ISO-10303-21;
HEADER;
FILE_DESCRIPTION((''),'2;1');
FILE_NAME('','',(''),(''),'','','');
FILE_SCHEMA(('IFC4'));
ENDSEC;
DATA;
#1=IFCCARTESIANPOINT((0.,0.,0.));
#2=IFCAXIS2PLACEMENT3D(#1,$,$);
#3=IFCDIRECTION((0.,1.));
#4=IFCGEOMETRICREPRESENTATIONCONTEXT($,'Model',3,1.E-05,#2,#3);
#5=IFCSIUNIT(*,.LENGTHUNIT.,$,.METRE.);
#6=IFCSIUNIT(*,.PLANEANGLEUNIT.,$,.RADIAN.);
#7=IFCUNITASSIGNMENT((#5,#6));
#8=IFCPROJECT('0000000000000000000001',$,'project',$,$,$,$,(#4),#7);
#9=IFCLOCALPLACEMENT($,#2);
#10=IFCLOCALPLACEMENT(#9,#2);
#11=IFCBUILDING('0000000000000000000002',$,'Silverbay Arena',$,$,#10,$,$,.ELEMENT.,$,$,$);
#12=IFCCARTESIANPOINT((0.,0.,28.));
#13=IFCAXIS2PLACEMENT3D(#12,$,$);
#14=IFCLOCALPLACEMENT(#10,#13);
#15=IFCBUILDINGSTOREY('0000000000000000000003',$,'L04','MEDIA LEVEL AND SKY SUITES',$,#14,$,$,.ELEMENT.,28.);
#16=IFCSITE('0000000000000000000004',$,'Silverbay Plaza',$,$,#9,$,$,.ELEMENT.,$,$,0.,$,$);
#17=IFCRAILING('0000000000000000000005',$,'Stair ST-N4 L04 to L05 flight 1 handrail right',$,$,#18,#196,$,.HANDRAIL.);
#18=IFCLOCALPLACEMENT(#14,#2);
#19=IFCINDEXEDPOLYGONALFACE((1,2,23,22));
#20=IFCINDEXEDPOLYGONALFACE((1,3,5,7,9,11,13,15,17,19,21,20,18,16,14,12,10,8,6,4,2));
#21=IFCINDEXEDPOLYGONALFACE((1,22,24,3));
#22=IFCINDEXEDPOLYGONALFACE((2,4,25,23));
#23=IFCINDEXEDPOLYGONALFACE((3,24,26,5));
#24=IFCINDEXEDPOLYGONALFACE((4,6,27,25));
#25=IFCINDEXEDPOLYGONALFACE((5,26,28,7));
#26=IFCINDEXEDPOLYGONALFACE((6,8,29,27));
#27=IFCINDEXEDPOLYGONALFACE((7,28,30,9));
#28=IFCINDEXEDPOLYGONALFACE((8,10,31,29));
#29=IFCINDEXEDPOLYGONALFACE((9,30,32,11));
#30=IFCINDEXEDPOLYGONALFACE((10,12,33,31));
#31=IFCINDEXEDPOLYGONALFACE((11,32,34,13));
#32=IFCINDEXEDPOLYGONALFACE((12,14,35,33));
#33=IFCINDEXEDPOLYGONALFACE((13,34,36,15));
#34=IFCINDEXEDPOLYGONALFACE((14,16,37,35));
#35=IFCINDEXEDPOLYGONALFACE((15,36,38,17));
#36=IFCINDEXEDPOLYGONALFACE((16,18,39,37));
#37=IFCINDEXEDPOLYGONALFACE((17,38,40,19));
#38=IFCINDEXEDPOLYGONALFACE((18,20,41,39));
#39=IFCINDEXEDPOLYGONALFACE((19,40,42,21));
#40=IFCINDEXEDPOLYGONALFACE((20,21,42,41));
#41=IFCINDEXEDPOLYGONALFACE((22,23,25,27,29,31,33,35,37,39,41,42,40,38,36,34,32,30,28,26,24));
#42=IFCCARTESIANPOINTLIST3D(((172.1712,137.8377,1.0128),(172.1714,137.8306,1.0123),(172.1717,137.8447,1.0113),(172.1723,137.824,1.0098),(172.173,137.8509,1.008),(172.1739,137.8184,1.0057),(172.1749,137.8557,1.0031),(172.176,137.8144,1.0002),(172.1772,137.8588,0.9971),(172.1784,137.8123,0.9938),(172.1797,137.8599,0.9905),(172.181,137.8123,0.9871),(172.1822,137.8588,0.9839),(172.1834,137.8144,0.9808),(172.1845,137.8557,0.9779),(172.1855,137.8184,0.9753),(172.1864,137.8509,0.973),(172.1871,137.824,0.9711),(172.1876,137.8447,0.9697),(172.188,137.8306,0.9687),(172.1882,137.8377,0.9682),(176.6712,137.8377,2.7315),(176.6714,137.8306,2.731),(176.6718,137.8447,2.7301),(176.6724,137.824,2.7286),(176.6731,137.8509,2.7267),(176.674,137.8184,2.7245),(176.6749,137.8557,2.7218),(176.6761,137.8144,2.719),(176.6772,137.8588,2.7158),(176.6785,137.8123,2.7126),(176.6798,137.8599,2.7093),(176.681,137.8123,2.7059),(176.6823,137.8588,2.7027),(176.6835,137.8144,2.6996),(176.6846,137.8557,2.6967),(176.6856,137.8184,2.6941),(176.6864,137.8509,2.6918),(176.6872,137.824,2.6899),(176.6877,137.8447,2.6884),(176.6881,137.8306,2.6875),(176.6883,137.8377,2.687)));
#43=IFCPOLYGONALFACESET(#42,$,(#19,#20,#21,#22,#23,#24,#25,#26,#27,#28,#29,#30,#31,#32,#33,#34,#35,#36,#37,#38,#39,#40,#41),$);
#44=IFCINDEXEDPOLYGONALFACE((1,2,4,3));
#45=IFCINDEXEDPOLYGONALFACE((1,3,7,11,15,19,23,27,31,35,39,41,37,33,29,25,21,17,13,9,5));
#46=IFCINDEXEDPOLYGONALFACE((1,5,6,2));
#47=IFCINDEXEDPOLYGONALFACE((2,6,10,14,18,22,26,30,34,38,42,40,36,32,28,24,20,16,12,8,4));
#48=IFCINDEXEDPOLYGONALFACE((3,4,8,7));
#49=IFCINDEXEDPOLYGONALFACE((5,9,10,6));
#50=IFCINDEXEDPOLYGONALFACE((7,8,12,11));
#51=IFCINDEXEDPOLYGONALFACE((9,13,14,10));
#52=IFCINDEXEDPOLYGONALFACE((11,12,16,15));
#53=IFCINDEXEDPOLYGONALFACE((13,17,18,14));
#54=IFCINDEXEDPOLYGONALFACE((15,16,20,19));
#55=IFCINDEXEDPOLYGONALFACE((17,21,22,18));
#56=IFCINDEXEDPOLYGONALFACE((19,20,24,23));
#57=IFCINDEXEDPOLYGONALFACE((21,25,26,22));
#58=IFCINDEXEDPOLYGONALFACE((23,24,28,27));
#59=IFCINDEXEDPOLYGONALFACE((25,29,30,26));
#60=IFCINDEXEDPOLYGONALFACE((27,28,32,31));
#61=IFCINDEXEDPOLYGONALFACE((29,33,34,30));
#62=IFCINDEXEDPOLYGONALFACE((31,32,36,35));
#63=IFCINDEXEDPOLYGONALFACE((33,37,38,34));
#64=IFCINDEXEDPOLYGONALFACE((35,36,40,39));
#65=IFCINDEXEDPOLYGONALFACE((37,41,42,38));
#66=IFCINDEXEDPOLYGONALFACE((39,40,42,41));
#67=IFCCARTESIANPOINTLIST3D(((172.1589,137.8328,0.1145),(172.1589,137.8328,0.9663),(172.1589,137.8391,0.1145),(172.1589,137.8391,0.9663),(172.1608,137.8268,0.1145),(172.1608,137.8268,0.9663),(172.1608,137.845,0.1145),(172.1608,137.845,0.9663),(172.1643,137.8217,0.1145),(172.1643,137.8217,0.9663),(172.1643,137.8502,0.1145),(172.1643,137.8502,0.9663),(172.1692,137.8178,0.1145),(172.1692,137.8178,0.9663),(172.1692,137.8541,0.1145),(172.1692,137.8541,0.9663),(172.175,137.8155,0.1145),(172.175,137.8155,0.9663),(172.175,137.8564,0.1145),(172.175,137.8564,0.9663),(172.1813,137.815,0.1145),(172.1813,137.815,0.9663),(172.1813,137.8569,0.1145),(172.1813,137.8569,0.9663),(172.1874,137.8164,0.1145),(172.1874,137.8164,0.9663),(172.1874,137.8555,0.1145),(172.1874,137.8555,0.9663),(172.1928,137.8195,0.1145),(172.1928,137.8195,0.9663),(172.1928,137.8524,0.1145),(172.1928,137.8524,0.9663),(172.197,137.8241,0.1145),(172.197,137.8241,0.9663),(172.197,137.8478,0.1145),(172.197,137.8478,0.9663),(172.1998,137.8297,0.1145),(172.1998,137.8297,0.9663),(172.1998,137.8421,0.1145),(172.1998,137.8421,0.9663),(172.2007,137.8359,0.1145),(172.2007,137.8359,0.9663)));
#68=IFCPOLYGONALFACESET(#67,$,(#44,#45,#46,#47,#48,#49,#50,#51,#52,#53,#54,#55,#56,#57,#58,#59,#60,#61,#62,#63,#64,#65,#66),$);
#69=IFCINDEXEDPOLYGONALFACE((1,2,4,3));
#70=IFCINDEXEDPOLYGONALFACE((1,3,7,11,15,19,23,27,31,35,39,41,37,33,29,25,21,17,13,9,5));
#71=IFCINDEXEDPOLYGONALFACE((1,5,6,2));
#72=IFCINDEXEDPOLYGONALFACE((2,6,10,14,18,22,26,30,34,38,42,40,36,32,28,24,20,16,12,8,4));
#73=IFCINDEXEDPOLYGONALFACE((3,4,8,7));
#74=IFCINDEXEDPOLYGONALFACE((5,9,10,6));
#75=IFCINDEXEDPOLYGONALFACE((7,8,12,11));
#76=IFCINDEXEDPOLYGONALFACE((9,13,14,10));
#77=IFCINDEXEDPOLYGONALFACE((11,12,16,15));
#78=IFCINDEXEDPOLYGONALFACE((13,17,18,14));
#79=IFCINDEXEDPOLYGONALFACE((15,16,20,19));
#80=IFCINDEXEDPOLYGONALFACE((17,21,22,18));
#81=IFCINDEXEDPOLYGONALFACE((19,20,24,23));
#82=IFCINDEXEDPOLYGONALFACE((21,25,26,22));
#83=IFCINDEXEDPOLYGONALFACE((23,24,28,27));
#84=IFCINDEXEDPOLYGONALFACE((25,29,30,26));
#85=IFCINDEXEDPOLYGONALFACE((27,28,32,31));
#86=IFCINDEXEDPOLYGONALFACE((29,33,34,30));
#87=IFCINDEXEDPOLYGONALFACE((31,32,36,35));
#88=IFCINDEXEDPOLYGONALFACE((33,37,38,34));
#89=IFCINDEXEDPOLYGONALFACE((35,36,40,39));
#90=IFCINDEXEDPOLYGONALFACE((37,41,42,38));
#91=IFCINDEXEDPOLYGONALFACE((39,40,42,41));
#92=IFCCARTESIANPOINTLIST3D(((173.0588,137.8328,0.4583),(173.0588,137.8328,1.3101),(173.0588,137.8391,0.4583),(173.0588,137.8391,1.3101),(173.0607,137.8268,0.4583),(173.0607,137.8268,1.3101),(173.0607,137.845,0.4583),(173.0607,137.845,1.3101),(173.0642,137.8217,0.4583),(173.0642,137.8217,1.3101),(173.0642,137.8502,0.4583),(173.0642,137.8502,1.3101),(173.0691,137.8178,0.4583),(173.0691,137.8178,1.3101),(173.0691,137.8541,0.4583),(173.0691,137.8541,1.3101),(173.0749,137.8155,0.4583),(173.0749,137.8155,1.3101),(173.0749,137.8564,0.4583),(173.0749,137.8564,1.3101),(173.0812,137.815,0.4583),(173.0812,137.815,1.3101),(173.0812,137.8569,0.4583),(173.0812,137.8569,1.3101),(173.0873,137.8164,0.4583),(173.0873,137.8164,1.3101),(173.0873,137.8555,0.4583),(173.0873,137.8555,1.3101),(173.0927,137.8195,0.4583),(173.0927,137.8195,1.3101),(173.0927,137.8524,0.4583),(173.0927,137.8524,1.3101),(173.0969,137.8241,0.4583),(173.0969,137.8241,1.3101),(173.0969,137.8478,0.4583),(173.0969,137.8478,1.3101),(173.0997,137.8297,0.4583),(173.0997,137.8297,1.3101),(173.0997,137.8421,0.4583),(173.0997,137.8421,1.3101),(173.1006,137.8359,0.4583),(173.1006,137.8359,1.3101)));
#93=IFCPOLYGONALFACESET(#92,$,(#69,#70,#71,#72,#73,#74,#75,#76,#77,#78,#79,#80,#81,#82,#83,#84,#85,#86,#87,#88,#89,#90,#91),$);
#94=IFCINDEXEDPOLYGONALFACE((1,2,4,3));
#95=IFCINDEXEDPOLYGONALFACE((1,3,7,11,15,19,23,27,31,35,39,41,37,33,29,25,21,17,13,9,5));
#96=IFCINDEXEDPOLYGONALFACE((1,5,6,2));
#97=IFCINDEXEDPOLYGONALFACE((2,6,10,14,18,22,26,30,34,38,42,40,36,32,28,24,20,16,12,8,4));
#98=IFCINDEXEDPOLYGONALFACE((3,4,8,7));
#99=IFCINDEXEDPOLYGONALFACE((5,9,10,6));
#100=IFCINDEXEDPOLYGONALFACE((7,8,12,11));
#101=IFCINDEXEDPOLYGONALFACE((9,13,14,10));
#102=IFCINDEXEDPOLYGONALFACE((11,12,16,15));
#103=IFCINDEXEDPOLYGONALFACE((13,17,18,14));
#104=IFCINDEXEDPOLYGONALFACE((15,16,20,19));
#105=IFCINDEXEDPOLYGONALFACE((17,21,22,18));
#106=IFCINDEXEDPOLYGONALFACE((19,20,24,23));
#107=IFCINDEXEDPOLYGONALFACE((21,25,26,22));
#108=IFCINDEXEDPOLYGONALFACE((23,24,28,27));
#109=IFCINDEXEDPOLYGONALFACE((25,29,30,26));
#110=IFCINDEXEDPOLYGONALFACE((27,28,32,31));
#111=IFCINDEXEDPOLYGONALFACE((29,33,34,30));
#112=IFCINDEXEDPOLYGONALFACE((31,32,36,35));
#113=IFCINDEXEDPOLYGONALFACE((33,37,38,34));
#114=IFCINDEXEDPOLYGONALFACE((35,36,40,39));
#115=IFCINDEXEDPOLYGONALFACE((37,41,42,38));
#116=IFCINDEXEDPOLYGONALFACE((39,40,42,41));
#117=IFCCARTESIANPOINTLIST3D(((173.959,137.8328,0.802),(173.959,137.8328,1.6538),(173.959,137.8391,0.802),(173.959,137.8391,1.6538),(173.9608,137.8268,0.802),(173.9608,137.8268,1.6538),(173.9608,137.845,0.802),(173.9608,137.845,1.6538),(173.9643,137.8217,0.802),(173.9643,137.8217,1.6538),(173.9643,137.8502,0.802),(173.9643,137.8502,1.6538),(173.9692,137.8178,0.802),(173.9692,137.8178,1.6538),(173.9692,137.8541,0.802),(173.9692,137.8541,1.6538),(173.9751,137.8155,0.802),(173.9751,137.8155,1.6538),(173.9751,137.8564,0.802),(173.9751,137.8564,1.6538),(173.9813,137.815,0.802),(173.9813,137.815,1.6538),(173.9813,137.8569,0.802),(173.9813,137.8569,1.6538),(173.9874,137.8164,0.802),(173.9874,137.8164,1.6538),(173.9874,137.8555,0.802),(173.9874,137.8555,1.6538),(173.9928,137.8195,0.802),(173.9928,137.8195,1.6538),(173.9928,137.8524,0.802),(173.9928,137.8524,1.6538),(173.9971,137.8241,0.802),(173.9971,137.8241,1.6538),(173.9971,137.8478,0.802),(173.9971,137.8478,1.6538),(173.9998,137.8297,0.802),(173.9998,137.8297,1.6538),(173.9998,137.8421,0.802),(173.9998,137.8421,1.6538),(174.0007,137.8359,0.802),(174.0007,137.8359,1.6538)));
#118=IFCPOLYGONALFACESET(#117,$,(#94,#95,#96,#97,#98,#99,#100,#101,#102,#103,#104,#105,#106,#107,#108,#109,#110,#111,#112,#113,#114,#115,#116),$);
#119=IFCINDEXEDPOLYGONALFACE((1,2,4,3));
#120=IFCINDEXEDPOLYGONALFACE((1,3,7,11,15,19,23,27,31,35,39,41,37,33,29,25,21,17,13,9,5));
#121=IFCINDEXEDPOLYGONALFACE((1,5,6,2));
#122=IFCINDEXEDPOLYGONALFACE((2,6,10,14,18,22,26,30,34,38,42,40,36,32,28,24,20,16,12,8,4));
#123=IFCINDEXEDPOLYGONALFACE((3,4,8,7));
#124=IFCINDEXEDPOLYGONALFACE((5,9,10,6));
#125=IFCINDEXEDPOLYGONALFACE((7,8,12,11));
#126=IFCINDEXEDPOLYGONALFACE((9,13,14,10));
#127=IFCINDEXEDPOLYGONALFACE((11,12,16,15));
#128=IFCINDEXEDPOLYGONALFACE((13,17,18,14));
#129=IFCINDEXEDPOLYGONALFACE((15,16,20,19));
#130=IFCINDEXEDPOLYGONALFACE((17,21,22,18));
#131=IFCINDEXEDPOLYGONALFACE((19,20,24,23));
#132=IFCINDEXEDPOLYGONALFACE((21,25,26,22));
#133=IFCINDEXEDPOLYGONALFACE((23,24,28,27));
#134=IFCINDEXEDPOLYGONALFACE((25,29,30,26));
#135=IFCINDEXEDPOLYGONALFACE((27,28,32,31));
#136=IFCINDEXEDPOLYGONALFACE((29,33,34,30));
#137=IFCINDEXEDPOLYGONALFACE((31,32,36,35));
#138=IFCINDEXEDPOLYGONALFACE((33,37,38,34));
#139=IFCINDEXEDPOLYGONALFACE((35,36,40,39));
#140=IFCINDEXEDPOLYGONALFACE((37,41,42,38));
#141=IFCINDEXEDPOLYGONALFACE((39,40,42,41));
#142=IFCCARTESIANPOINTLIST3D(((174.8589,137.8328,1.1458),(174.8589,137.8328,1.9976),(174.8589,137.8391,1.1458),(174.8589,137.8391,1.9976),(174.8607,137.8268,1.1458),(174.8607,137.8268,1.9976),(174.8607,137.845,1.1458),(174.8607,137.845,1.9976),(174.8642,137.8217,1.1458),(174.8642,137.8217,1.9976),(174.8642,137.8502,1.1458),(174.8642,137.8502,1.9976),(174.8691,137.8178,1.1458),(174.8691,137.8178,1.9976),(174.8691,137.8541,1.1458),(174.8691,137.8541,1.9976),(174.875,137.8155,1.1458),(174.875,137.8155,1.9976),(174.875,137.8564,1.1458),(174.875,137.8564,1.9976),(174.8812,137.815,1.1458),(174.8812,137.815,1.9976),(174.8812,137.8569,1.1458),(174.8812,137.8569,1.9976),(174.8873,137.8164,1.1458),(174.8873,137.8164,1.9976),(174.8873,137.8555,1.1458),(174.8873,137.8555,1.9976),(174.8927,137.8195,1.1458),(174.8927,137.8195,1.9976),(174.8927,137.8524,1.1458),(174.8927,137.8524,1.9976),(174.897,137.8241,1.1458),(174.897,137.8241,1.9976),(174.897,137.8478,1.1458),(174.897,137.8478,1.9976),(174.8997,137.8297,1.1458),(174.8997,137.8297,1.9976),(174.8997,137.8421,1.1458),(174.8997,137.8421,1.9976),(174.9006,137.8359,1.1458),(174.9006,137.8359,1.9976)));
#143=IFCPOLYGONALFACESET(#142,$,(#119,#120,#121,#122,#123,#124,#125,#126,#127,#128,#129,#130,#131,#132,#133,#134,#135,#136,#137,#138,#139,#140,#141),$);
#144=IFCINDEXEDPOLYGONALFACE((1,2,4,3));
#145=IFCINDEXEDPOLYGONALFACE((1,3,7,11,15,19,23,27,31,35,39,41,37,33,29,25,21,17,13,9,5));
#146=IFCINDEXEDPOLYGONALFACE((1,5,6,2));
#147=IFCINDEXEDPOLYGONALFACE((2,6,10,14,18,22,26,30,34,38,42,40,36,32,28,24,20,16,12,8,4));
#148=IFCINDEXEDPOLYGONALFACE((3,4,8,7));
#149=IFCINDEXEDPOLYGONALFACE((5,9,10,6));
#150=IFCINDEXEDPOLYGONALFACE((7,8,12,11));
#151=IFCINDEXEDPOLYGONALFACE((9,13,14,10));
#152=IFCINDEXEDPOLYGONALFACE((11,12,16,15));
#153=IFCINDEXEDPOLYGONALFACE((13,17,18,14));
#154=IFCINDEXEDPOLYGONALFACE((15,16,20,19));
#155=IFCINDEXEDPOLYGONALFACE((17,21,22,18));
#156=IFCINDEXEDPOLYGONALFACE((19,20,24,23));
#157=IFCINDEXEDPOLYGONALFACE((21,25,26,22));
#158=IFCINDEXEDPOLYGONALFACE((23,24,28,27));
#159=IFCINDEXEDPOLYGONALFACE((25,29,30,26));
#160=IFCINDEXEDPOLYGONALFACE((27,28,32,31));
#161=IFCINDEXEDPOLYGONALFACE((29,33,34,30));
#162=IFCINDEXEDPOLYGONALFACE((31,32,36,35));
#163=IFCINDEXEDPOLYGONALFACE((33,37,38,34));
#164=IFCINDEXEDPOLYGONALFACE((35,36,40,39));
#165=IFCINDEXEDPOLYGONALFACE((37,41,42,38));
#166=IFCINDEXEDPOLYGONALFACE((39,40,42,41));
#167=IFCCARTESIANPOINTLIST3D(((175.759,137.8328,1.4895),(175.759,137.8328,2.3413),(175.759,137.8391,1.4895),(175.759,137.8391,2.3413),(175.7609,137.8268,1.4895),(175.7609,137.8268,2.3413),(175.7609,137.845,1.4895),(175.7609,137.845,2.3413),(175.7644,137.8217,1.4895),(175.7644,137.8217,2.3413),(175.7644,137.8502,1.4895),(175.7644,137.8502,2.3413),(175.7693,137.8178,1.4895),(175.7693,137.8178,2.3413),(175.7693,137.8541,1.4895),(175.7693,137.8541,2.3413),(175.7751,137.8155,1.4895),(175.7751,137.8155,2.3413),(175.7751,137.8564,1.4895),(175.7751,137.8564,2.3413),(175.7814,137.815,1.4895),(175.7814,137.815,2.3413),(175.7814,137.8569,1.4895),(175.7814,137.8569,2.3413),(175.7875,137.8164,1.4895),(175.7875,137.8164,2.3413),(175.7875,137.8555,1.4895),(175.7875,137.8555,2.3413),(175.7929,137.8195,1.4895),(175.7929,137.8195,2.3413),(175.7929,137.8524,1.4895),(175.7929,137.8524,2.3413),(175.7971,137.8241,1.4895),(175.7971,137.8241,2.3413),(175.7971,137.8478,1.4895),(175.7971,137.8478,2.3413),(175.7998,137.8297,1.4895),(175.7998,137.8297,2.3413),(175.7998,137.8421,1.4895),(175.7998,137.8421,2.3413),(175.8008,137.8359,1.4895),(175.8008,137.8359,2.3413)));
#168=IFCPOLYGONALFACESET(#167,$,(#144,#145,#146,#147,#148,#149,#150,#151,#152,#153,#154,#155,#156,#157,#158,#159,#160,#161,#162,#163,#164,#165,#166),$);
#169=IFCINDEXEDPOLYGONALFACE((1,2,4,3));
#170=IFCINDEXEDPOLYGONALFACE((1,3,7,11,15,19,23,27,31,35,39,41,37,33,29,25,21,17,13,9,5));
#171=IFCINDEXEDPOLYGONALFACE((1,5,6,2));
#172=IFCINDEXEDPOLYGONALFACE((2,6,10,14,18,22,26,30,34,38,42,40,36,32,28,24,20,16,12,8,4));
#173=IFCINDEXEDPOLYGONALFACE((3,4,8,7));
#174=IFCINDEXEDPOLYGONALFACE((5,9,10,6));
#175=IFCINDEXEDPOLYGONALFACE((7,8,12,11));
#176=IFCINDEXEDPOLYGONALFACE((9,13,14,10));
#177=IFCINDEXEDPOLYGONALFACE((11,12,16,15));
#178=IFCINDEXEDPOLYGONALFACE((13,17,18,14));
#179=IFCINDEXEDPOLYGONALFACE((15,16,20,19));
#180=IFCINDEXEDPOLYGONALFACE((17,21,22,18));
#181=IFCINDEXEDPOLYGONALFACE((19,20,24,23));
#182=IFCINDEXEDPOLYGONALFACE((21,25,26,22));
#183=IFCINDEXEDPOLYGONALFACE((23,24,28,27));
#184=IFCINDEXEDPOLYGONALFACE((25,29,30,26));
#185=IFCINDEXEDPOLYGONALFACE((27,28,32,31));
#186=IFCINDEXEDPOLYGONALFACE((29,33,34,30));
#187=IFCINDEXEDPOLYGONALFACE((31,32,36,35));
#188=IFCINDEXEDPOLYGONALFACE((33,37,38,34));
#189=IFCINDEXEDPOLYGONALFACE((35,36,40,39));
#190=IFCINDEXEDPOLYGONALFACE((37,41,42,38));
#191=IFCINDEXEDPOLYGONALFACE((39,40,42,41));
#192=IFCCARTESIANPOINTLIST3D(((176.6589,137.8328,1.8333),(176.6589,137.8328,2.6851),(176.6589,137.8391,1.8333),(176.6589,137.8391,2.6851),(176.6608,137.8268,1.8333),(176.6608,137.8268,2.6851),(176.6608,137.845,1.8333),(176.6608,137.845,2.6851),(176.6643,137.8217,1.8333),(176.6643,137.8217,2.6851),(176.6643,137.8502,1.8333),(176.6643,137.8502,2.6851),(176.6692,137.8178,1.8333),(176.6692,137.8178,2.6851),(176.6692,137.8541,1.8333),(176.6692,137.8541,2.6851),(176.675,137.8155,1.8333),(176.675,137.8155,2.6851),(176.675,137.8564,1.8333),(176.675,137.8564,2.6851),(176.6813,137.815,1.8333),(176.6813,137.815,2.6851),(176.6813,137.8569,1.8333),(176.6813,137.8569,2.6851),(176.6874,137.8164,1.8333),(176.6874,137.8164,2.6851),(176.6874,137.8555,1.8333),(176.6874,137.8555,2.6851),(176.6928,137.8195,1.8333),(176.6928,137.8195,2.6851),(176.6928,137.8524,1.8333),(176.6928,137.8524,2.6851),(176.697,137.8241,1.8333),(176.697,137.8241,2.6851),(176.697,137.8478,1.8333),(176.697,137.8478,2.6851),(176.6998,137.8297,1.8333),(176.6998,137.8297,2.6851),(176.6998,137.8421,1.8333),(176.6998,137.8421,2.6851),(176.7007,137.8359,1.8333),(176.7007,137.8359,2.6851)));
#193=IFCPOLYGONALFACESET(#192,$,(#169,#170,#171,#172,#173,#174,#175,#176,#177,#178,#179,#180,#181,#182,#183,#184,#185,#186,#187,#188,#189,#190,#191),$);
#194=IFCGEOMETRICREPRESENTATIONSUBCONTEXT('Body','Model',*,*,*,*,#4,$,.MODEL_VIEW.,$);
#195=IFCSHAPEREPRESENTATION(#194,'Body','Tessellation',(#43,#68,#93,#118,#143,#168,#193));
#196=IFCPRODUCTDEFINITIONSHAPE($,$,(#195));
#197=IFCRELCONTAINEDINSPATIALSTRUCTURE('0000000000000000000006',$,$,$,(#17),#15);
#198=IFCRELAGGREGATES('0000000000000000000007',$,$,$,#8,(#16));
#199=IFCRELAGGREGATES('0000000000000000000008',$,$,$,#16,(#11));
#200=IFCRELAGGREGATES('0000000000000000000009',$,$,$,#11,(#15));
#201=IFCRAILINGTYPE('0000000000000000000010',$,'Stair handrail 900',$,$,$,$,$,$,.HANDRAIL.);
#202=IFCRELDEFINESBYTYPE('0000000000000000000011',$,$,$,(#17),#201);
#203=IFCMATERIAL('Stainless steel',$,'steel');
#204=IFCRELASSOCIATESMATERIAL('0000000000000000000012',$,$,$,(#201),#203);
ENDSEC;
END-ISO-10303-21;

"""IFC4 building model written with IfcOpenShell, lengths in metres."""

from ifc_helpers import new_model, si_unit, direction, frame, origin, origin_2d, place, context, subcontext, project, spatial, circle, extrude, material, type_object, element, save


model = new_model("IFC4")

# Units and contexts
model_context = context("Model", 3, precision=1e-05, world=origin(), true_north=direction((0.0, 1.0)))
body_context = subcontext(model_context, "Body", "Model", "MODEL_VIEW")
ifc_project = project(units=[si_unit("LENGTHUNIT", "METRE"), si_unit("PLANEANGLEUNIT", "RADIAN")], contexts=[model_context])

# Site, building, storey
site_placement = place(None, origin())
site = spatial("IfcSite", under=ifc_project, at=site_placement, Name="Silverbay Plaza", CompositionType="ELEMENT", RefElevation=0.0)
building_placement = place(site_placement, origin())
building = spatial("IfcBuilding", under=site, at=building_placement, Name="Silverbay Arena", CompositionType="ELEMENT")
storey_placement = place(building_placement, frame((0.0, 0.0, 28.0)))
storey = spatial("IfcBuildingStorey", under=building, at=storey_placement, Name="L04", Description="MEDIA LEVEL AND SKY SUITES", CompositionType="ELEMENT", Elevation=28.0)

# Railing
ifc_material_1 = material(Name="Stainless steel", Category="steel")
railing_type_1 = type_object("IfcRailingType", Name="Stair handrail 900", PredefinedType="HANDRAIL", material=ifc_material_1)
railing_1_placement = place(storey_placement, frame((172.1797, 137.8359, 0.1145)))
element("IfcRailing", 1, at=railing_1_placement, inside=storey, type_object=railing_type_1, Name="Stair ST-N4 L04 to L05 flight 1 handrail right", PredefinedType="HANDRAIL", context=body_context, shape_type="SweptSolid", body=[
    extrude(circle(Radius=0.0239, at=origin_2d()), frame((0.0, 0.0, 0.876), z_axis=(0.934179, 0.0, 0.356805), x_axis=(0.0, 1.0, 0.0)), (0.0, 0.0, 1.0), 4.8171),
    extrude(circle(Radius=0.021, at=origin_2d()), origin(), (0.0, 0.0, 1.0), 0.8518),
    extrude(circle(Radius=0.021, at=origin_2d()), frame((0.8999, 0.0, 0.3438)), (0.0, 0.0, 1.0), 0.8518),
    extrude(circle(Radius=0.021, at=origin_2d()), frame((1.8, 0.0, 0.6875)), (0.0, 0.0, 1.0), 0.8518),
    extrude(circle(Radius=0.021, at=origin_2d()), frame((2.7, 0.0, 1.0312)), (0.0, 0.0, 1.0), 0.8518),
    extrude(circle(Radius=0.021, at=origin_2d()), frame((3.6001, 0.0, 1.375)), (0.0, 0.0, 1.0), 0.8518),
    extrude(circle(Radius=0.021, at=origin_2d()), frame((4.5, 0.0, 1.7188)), (0.0, 0.0, 1.0), 0.8518),
])

save(model, "model.ifc")
